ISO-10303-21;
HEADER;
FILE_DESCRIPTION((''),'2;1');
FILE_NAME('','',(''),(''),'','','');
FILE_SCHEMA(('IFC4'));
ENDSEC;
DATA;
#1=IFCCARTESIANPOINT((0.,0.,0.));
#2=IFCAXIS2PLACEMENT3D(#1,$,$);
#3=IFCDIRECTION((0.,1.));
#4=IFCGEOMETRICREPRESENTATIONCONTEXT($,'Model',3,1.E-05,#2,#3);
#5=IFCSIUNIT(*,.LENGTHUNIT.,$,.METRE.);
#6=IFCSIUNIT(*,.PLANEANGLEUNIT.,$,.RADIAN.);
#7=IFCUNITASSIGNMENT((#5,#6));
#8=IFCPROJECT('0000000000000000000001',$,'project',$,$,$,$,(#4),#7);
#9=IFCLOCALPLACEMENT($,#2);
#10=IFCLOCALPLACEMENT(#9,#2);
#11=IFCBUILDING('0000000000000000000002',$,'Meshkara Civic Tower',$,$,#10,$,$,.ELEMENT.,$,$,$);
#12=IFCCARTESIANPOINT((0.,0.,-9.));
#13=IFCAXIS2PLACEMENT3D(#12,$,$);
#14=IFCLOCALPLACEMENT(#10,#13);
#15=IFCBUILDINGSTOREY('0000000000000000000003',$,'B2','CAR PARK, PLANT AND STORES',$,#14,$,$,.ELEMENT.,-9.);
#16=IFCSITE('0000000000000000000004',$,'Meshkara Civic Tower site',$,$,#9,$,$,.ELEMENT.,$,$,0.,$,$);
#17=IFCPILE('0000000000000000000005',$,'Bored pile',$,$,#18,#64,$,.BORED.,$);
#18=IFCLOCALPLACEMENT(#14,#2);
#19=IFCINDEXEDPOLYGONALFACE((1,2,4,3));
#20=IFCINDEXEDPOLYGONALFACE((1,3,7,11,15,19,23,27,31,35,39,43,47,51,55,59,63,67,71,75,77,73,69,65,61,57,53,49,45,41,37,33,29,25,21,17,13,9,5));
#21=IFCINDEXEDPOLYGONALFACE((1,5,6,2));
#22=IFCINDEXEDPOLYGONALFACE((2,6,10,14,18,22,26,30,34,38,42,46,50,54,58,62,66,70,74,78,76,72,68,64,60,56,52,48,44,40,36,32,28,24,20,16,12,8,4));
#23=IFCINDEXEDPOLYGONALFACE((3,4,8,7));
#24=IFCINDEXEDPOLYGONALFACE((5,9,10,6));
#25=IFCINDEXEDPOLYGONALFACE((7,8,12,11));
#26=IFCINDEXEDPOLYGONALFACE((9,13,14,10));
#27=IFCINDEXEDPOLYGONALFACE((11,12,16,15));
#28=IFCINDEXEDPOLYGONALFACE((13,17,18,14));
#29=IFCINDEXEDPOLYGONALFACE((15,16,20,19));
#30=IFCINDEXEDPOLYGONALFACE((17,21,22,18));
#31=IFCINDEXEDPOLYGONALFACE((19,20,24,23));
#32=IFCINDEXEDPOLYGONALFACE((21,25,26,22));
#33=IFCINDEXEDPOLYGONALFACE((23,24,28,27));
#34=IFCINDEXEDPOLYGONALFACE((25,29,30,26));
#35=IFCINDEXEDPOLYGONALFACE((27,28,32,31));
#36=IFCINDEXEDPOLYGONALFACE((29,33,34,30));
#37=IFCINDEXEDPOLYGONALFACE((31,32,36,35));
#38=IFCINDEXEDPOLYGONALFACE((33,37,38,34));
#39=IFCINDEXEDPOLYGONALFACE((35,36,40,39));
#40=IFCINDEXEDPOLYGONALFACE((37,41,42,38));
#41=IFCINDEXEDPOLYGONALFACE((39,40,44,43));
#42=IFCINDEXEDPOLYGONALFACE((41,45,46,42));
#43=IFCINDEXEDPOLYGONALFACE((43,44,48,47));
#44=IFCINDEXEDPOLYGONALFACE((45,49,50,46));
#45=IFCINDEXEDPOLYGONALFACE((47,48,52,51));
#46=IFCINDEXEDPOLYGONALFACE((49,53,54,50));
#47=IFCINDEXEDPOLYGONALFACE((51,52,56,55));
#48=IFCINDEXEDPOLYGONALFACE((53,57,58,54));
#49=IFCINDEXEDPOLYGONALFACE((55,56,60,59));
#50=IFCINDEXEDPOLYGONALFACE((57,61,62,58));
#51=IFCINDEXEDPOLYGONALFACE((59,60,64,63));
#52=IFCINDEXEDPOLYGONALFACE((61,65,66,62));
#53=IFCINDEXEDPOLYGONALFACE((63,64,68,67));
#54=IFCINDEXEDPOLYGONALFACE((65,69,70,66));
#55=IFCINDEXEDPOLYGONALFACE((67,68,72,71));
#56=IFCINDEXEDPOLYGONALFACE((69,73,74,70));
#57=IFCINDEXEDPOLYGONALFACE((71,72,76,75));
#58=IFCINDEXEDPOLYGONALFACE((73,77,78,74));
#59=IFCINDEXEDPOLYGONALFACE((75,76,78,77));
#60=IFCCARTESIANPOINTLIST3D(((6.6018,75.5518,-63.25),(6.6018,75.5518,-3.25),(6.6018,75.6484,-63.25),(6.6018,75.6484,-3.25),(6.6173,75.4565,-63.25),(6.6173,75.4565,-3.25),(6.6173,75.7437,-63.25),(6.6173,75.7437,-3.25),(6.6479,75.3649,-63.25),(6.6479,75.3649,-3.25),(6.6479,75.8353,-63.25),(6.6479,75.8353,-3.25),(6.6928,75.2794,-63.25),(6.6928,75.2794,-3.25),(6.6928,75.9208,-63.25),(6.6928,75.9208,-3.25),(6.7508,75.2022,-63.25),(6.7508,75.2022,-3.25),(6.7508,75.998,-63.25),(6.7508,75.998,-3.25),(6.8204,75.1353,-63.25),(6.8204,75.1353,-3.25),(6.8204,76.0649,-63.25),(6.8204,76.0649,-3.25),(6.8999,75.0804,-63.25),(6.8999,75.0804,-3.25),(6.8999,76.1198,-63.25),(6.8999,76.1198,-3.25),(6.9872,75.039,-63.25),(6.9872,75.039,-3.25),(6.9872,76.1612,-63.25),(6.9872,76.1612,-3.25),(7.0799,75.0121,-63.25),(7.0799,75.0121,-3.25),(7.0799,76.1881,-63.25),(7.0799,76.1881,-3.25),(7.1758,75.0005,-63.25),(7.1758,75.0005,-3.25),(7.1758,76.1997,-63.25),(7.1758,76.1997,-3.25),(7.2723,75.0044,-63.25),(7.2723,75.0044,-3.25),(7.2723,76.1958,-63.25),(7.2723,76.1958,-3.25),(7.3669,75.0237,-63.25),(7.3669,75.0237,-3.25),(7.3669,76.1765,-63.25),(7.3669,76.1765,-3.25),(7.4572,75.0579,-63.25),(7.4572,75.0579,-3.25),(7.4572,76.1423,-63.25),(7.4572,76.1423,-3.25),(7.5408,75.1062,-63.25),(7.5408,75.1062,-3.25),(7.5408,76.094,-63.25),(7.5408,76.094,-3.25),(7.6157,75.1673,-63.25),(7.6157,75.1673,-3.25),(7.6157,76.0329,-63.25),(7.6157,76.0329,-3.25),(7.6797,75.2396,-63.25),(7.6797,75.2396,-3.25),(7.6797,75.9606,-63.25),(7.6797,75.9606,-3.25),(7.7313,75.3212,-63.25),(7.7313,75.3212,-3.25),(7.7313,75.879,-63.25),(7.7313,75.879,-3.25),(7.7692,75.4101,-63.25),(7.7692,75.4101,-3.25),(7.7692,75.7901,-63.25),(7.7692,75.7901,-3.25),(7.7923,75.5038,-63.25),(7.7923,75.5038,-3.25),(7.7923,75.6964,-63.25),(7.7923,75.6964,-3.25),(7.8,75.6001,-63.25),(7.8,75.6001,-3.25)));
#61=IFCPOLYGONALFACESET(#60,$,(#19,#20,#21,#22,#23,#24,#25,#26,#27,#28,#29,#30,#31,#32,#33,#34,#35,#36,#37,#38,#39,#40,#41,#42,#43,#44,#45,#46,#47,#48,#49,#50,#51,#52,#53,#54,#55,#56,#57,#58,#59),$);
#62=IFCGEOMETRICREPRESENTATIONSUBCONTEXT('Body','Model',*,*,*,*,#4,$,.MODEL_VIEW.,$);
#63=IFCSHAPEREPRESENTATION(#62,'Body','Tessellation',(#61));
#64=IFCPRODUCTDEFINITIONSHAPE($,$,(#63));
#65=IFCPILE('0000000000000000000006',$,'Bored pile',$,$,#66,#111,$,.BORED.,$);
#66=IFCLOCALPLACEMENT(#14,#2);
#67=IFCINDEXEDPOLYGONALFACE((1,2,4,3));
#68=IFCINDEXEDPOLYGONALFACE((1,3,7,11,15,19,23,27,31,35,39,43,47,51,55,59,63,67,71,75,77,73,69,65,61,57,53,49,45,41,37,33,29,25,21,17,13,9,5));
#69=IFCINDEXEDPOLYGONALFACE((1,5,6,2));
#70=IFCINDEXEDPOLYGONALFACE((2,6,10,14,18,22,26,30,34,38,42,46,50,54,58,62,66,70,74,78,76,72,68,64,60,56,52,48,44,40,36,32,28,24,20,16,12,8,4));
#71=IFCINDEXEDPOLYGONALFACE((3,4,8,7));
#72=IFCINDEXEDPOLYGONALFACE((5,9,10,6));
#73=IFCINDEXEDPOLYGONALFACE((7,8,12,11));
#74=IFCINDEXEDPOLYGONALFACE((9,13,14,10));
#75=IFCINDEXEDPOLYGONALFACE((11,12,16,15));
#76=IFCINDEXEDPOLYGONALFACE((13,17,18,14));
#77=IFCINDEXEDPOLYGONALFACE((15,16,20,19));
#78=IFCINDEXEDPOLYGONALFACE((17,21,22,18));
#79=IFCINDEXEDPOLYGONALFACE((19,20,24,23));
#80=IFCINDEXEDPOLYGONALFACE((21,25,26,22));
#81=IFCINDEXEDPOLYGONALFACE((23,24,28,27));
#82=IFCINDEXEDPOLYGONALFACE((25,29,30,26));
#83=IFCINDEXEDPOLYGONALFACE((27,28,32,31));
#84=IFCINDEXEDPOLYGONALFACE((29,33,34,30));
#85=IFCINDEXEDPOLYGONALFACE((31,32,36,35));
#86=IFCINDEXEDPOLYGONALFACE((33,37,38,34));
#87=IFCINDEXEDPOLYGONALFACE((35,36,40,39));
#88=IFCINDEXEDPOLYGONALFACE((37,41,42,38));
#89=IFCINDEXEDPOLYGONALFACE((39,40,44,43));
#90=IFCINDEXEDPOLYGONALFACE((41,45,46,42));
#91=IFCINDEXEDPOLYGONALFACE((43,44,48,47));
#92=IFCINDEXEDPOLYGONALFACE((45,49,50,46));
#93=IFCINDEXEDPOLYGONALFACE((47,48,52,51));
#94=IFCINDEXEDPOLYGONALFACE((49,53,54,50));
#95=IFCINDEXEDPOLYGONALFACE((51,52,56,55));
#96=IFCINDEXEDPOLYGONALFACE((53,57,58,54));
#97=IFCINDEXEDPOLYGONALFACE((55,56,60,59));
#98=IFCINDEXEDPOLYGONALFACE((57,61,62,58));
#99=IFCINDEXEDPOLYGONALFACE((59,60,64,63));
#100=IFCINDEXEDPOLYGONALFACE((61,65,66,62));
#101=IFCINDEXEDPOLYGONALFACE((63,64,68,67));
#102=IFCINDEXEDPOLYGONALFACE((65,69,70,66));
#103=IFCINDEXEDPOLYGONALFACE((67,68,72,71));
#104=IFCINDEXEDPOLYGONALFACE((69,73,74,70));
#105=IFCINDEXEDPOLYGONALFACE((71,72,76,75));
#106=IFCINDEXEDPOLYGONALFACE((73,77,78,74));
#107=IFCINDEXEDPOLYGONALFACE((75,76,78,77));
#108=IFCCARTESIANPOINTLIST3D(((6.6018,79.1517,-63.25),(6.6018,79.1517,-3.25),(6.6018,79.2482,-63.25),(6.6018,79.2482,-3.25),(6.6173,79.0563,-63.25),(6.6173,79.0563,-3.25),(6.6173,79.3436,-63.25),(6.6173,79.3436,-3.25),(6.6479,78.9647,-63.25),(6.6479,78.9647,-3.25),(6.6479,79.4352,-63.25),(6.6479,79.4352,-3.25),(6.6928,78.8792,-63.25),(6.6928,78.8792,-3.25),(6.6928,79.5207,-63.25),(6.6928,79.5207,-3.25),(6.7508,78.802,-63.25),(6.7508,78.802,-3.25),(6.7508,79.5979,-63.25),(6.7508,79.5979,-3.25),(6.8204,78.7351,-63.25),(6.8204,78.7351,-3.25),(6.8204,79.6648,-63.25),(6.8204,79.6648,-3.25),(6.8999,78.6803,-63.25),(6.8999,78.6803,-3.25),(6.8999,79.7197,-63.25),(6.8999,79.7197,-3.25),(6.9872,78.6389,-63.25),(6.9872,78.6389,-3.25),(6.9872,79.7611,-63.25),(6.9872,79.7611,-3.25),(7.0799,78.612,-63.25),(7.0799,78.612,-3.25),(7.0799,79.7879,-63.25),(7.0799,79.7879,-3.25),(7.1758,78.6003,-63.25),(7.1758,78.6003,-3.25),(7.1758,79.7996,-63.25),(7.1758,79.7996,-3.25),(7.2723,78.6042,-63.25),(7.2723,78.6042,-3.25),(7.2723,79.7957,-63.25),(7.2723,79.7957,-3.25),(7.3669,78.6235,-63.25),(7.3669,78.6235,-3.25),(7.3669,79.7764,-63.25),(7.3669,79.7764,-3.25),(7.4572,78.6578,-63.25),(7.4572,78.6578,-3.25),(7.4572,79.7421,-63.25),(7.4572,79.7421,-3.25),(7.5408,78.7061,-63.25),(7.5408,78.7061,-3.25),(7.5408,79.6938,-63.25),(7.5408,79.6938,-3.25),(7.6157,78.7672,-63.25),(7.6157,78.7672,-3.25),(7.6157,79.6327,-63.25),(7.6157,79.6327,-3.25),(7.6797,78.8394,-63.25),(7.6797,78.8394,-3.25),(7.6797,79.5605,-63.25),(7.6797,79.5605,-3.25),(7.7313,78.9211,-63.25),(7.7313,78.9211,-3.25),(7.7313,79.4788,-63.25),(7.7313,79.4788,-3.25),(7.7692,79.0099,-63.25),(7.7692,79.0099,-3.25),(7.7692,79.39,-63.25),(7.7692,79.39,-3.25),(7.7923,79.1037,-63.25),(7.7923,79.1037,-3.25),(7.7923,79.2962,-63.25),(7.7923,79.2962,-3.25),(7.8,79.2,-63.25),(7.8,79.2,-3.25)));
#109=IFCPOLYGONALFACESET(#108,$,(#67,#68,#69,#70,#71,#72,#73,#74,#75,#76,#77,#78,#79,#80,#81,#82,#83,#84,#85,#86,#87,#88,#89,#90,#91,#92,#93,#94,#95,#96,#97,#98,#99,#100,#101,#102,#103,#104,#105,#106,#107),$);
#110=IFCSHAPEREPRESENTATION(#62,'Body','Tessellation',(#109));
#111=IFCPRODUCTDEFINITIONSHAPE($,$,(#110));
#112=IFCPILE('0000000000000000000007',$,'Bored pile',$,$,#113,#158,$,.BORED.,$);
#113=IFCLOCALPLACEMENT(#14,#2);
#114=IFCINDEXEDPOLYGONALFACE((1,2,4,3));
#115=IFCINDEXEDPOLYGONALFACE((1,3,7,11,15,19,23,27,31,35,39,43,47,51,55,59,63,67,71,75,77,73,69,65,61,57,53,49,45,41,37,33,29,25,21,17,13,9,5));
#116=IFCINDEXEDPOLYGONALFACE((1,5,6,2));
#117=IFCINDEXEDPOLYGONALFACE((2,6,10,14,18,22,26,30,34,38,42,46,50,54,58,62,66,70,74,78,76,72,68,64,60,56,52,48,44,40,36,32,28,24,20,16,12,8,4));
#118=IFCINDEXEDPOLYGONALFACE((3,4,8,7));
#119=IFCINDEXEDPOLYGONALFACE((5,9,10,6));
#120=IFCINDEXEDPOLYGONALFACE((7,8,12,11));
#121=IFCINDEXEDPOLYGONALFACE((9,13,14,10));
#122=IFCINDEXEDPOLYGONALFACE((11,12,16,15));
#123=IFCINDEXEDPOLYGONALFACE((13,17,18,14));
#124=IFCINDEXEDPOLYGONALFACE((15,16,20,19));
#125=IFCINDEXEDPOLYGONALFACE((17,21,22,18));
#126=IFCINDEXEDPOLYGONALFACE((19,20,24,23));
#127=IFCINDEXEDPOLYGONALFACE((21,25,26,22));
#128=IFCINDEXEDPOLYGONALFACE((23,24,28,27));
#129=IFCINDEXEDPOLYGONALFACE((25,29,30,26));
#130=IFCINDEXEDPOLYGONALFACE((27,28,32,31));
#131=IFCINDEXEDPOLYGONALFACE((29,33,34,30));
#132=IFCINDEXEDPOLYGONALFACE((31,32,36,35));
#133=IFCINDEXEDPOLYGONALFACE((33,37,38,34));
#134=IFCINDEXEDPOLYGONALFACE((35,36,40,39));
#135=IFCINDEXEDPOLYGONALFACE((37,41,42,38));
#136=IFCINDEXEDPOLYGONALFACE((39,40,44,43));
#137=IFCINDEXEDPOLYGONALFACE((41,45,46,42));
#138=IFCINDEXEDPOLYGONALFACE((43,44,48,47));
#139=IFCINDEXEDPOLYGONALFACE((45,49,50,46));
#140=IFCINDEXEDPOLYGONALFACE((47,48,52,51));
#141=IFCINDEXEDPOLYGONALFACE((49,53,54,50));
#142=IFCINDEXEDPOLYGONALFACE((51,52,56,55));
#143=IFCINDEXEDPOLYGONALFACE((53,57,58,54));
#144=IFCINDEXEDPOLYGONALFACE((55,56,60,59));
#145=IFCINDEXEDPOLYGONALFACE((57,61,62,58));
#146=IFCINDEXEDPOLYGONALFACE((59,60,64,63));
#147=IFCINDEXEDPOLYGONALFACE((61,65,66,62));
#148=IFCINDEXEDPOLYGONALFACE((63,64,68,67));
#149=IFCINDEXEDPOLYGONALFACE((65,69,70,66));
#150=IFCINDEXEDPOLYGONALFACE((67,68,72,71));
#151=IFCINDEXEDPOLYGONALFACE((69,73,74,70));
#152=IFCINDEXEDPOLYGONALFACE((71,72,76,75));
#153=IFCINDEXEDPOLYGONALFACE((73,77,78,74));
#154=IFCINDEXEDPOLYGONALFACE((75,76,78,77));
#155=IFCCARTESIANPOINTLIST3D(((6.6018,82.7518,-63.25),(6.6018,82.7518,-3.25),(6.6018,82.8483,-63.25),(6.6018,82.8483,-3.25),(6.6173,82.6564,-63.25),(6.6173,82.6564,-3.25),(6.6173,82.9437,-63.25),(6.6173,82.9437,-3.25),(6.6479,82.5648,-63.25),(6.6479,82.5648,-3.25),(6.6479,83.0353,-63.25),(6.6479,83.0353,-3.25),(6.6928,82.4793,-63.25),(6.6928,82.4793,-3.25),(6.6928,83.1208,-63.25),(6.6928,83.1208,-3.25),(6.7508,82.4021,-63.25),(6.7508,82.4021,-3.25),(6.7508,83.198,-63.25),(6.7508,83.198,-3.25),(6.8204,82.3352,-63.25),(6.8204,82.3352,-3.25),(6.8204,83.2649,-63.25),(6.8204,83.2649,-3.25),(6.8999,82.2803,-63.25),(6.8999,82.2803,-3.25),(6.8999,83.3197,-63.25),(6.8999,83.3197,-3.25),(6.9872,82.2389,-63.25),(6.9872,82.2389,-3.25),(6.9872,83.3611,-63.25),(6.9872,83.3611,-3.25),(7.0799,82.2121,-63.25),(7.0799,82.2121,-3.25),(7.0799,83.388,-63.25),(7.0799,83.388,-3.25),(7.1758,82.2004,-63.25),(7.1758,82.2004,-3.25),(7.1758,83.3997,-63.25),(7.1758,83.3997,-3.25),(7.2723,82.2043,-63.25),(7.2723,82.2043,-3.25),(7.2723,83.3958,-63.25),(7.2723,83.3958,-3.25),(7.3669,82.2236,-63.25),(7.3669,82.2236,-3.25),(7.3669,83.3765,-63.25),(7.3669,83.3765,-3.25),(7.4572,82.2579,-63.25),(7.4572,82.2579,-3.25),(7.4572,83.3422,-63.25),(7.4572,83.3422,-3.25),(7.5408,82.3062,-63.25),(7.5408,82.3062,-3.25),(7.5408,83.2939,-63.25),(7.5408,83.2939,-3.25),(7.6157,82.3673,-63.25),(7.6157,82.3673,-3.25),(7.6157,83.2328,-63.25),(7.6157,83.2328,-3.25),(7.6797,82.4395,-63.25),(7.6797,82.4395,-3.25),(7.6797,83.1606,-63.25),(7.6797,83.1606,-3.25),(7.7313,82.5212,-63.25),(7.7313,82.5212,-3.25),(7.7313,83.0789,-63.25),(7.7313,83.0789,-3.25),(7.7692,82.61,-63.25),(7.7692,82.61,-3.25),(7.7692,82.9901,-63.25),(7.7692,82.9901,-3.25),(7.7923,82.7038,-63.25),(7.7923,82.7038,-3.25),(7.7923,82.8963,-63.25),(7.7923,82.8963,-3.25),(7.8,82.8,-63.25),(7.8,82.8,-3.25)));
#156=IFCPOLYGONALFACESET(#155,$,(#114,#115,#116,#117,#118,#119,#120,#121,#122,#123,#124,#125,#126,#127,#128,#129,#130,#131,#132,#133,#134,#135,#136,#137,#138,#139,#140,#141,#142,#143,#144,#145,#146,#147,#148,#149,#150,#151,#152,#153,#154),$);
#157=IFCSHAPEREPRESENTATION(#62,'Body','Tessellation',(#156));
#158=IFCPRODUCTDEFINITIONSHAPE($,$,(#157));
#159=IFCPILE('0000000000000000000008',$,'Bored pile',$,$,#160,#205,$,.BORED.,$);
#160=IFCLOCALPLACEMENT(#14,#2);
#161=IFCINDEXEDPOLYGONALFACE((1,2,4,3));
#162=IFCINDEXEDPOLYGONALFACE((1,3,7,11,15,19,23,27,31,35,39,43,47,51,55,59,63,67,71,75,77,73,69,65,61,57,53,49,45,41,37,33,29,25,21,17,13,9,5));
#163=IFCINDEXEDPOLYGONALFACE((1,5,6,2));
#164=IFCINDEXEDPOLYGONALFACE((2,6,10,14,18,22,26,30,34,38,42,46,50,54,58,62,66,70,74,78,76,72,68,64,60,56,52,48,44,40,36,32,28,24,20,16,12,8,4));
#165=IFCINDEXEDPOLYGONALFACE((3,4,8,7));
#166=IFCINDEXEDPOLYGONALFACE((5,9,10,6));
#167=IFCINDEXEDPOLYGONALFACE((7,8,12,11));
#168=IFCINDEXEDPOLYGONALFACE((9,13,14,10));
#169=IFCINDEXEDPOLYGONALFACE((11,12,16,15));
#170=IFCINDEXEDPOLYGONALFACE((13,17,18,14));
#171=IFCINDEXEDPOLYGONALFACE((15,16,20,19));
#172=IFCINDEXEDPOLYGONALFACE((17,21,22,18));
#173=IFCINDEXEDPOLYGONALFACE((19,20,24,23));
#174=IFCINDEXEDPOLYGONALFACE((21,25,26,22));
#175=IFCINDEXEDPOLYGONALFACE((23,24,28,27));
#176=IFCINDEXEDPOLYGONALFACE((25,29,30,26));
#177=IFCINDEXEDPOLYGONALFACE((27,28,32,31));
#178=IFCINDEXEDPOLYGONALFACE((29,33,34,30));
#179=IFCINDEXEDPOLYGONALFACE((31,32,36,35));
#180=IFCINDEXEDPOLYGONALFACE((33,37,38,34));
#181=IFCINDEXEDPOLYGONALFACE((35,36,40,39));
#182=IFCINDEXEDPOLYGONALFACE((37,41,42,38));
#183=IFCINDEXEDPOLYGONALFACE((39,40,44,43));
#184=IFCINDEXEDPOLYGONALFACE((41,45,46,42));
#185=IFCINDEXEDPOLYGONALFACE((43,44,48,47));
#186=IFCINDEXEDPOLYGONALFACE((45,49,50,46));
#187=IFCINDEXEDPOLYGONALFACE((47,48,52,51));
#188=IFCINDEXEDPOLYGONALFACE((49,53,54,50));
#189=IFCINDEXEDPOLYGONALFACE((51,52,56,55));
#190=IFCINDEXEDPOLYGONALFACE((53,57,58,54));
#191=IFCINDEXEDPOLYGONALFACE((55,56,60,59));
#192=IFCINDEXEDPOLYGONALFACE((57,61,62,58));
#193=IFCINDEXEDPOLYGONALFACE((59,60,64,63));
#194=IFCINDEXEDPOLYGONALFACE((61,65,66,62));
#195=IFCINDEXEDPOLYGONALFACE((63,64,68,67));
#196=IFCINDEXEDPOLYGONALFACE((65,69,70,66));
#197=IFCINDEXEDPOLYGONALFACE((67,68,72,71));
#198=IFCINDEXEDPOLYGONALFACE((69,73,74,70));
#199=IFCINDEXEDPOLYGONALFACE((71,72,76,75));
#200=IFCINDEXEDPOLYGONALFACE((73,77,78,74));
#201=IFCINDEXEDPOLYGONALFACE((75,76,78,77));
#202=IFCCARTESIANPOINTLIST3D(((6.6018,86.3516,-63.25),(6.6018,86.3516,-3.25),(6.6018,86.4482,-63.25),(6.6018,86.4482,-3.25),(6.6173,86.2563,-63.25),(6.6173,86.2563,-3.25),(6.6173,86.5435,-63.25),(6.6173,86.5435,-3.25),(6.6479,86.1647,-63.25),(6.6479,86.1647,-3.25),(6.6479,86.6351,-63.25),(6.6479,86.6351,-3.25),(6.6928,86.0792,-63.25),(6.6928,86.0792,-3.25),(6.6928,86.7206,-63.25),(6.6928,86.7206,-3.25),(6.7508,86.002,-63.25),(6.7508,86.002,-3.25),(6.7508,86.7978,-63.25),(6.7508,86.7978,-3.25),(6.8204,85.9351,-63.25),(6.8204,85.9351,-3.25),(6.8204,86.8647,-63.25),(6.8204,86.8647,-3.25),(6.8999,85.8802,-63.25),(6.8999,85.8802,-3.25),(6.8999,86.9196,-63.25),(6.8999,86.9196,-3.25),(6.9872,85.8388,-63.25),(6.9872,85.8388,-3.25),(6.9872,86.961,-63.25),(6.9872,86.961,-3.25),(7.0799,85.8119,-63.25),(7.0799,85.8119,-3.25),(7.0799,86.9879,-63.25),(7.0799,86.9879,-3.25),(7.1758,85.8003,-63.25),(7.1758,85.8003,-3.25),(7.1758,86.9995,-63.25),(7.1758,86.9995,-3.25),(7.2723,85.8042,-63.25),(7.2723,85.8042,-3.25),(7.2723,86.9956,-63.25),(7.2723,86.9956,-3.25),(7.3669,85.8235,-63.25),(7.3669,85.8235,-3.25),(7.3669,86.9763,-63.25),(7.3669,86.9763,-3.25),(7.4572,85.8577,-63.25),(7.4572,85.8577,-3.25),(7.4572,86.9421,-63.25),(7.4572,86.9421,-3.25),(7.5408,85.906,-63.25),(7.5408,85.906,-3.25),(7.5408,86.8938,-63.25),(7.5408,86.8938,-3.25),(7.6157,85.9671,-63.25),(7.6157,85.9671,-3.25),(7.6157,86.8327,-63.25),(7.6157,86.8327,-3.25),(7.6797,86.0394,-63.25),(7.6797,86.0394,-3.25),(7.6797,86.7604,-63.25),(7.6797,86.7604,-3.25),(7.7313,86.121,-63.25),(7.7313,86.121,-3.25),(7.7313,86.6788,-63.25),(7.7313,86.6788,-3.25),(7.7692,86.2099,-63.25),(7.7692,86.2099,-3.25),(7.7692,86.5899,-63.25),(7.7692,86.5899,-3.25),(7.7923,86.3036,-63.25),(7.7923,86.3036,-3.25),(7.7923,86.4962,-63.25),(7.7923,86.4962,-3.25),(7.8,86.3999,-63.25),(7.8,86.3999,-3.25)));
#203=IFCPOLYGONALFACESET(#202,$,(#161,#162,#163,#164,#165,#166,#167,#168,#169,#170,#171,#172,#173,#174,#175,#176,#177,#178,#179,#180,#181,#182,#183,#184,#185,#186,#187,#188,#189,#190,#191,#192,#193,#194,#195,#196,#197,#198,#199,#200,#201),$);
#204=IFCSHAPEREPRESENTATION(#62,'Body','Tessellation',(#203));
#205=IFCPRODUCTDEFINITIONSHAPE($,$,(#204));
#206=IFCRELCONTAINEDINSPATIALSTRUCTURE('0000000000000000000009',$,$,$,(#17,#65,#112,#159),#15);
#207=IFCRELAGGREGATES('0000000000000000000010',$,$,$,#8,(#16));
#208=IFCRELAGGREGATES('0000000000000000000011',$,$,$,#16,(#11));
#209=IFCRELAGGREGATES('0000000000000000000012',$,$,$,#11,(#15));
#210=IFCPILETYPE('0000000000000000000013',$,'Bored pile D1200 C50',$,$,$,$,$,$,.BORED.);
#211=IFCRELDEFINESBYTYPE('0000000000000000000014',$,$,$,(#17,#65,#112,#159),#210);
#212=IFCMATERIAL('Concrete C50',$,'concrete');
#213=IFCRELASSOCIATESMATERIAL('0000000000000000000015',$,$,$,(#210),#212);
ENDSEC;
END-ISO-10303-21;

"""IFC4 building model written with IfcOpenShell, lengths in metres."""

from ifc_helpers import new_model, si_unit, direction, frame, origin, origin_2d, place, context, subcontext, project, spatial, circle, extrude, material, material_profile, profile_set, type_object, element, save


model = new_model("IFC4")

# Units and contexts
model_context = context("Model", 3, precision=1e-05, world=origin(), true_north=direction((0.0, 1.0)))
body_context = subcontext(model_context, "Body", "Model", "MODEL_VIEW")
ifc_project = project(units=[si_unit("LENGTHUNIT", "METRE"), si_unit("PLANEANGLEUNIT", "RADIAN")], contexts=[model_context])

# Site, building, storey
site_placement = place(None, origin())
site = spatial("IfcSite", under=ifc_project, at=site_placement, Name="Meshkara Civic Tower site", CompositionType="ELEMENT", RefElevation=0.0)
building_placement = place(site_placement, origin())
building = spatial("IfcBuilding", under=site, at=building_placement, Name="Meshkara Civic Tower", CompositionType="ELEMENT")
storey_placement = place(building_placement, frame((0.0, 0.0, -9.0)))
storey = spatial("IfcBuildingStorey", under=building, at=storey_placement, Name="B2", Description="CAR PARK, PLANT AND STORES", CompositionType="ELEMENT", Elevation=-9.0)

# Piles
ifc_material_1 = material(Name="Concrete C50", Category="concrete")
ifc_material_profile_1 = material_profile(ifc_material_1, circle(Radius=0.6001, at=origin_2d()))
ifc_profile_set_1 = profile_set([ifc_material_profile_1], Name="Concrete C50")
pile_type = type_object("IfcPileType", Name="Bored pile D1200 C50", PredefinedType="BORED", material=ifc_profile_set_1)
for number, where, z_axis, x_axis, name in (
    (1, (7.2, 75.6001, -3.25), (0.0, 0.0, -1.0), (1.0, 0.0, 0.0), "Bored pile"),
    (2, (7.2, 79.2, -3.25), (0.0, 0.0, -1.0), (1.0, 0.0, 0.0), "Bored pile"),
    (3, (7.2, 82.8, -3.25), (0.0, 0.0, -1.0), (1.0, 0.0, 0.0), "Bored pile"),
    (4, (7.2, 86.3999, -3.25), (0.0, 0.0, -1.0), (1.0, 0.0, 0.0), "Bored pile"),
):
    element("IfcPile", number, at=place(storey_placement, frame(where, z_axis=z_axis, x_axis=x_axis)), inside=storey, type_object=pile_type, Name=name, PredefinedType="BORED", context=body_context, shape_type="SweptSolid", body=[
        extrude(circle(Radius=0.6001, at=origin_2d()), origin(), (0.0, 0.0, 1.0), 60.0),
    ])

save(model, "model.ifc")
